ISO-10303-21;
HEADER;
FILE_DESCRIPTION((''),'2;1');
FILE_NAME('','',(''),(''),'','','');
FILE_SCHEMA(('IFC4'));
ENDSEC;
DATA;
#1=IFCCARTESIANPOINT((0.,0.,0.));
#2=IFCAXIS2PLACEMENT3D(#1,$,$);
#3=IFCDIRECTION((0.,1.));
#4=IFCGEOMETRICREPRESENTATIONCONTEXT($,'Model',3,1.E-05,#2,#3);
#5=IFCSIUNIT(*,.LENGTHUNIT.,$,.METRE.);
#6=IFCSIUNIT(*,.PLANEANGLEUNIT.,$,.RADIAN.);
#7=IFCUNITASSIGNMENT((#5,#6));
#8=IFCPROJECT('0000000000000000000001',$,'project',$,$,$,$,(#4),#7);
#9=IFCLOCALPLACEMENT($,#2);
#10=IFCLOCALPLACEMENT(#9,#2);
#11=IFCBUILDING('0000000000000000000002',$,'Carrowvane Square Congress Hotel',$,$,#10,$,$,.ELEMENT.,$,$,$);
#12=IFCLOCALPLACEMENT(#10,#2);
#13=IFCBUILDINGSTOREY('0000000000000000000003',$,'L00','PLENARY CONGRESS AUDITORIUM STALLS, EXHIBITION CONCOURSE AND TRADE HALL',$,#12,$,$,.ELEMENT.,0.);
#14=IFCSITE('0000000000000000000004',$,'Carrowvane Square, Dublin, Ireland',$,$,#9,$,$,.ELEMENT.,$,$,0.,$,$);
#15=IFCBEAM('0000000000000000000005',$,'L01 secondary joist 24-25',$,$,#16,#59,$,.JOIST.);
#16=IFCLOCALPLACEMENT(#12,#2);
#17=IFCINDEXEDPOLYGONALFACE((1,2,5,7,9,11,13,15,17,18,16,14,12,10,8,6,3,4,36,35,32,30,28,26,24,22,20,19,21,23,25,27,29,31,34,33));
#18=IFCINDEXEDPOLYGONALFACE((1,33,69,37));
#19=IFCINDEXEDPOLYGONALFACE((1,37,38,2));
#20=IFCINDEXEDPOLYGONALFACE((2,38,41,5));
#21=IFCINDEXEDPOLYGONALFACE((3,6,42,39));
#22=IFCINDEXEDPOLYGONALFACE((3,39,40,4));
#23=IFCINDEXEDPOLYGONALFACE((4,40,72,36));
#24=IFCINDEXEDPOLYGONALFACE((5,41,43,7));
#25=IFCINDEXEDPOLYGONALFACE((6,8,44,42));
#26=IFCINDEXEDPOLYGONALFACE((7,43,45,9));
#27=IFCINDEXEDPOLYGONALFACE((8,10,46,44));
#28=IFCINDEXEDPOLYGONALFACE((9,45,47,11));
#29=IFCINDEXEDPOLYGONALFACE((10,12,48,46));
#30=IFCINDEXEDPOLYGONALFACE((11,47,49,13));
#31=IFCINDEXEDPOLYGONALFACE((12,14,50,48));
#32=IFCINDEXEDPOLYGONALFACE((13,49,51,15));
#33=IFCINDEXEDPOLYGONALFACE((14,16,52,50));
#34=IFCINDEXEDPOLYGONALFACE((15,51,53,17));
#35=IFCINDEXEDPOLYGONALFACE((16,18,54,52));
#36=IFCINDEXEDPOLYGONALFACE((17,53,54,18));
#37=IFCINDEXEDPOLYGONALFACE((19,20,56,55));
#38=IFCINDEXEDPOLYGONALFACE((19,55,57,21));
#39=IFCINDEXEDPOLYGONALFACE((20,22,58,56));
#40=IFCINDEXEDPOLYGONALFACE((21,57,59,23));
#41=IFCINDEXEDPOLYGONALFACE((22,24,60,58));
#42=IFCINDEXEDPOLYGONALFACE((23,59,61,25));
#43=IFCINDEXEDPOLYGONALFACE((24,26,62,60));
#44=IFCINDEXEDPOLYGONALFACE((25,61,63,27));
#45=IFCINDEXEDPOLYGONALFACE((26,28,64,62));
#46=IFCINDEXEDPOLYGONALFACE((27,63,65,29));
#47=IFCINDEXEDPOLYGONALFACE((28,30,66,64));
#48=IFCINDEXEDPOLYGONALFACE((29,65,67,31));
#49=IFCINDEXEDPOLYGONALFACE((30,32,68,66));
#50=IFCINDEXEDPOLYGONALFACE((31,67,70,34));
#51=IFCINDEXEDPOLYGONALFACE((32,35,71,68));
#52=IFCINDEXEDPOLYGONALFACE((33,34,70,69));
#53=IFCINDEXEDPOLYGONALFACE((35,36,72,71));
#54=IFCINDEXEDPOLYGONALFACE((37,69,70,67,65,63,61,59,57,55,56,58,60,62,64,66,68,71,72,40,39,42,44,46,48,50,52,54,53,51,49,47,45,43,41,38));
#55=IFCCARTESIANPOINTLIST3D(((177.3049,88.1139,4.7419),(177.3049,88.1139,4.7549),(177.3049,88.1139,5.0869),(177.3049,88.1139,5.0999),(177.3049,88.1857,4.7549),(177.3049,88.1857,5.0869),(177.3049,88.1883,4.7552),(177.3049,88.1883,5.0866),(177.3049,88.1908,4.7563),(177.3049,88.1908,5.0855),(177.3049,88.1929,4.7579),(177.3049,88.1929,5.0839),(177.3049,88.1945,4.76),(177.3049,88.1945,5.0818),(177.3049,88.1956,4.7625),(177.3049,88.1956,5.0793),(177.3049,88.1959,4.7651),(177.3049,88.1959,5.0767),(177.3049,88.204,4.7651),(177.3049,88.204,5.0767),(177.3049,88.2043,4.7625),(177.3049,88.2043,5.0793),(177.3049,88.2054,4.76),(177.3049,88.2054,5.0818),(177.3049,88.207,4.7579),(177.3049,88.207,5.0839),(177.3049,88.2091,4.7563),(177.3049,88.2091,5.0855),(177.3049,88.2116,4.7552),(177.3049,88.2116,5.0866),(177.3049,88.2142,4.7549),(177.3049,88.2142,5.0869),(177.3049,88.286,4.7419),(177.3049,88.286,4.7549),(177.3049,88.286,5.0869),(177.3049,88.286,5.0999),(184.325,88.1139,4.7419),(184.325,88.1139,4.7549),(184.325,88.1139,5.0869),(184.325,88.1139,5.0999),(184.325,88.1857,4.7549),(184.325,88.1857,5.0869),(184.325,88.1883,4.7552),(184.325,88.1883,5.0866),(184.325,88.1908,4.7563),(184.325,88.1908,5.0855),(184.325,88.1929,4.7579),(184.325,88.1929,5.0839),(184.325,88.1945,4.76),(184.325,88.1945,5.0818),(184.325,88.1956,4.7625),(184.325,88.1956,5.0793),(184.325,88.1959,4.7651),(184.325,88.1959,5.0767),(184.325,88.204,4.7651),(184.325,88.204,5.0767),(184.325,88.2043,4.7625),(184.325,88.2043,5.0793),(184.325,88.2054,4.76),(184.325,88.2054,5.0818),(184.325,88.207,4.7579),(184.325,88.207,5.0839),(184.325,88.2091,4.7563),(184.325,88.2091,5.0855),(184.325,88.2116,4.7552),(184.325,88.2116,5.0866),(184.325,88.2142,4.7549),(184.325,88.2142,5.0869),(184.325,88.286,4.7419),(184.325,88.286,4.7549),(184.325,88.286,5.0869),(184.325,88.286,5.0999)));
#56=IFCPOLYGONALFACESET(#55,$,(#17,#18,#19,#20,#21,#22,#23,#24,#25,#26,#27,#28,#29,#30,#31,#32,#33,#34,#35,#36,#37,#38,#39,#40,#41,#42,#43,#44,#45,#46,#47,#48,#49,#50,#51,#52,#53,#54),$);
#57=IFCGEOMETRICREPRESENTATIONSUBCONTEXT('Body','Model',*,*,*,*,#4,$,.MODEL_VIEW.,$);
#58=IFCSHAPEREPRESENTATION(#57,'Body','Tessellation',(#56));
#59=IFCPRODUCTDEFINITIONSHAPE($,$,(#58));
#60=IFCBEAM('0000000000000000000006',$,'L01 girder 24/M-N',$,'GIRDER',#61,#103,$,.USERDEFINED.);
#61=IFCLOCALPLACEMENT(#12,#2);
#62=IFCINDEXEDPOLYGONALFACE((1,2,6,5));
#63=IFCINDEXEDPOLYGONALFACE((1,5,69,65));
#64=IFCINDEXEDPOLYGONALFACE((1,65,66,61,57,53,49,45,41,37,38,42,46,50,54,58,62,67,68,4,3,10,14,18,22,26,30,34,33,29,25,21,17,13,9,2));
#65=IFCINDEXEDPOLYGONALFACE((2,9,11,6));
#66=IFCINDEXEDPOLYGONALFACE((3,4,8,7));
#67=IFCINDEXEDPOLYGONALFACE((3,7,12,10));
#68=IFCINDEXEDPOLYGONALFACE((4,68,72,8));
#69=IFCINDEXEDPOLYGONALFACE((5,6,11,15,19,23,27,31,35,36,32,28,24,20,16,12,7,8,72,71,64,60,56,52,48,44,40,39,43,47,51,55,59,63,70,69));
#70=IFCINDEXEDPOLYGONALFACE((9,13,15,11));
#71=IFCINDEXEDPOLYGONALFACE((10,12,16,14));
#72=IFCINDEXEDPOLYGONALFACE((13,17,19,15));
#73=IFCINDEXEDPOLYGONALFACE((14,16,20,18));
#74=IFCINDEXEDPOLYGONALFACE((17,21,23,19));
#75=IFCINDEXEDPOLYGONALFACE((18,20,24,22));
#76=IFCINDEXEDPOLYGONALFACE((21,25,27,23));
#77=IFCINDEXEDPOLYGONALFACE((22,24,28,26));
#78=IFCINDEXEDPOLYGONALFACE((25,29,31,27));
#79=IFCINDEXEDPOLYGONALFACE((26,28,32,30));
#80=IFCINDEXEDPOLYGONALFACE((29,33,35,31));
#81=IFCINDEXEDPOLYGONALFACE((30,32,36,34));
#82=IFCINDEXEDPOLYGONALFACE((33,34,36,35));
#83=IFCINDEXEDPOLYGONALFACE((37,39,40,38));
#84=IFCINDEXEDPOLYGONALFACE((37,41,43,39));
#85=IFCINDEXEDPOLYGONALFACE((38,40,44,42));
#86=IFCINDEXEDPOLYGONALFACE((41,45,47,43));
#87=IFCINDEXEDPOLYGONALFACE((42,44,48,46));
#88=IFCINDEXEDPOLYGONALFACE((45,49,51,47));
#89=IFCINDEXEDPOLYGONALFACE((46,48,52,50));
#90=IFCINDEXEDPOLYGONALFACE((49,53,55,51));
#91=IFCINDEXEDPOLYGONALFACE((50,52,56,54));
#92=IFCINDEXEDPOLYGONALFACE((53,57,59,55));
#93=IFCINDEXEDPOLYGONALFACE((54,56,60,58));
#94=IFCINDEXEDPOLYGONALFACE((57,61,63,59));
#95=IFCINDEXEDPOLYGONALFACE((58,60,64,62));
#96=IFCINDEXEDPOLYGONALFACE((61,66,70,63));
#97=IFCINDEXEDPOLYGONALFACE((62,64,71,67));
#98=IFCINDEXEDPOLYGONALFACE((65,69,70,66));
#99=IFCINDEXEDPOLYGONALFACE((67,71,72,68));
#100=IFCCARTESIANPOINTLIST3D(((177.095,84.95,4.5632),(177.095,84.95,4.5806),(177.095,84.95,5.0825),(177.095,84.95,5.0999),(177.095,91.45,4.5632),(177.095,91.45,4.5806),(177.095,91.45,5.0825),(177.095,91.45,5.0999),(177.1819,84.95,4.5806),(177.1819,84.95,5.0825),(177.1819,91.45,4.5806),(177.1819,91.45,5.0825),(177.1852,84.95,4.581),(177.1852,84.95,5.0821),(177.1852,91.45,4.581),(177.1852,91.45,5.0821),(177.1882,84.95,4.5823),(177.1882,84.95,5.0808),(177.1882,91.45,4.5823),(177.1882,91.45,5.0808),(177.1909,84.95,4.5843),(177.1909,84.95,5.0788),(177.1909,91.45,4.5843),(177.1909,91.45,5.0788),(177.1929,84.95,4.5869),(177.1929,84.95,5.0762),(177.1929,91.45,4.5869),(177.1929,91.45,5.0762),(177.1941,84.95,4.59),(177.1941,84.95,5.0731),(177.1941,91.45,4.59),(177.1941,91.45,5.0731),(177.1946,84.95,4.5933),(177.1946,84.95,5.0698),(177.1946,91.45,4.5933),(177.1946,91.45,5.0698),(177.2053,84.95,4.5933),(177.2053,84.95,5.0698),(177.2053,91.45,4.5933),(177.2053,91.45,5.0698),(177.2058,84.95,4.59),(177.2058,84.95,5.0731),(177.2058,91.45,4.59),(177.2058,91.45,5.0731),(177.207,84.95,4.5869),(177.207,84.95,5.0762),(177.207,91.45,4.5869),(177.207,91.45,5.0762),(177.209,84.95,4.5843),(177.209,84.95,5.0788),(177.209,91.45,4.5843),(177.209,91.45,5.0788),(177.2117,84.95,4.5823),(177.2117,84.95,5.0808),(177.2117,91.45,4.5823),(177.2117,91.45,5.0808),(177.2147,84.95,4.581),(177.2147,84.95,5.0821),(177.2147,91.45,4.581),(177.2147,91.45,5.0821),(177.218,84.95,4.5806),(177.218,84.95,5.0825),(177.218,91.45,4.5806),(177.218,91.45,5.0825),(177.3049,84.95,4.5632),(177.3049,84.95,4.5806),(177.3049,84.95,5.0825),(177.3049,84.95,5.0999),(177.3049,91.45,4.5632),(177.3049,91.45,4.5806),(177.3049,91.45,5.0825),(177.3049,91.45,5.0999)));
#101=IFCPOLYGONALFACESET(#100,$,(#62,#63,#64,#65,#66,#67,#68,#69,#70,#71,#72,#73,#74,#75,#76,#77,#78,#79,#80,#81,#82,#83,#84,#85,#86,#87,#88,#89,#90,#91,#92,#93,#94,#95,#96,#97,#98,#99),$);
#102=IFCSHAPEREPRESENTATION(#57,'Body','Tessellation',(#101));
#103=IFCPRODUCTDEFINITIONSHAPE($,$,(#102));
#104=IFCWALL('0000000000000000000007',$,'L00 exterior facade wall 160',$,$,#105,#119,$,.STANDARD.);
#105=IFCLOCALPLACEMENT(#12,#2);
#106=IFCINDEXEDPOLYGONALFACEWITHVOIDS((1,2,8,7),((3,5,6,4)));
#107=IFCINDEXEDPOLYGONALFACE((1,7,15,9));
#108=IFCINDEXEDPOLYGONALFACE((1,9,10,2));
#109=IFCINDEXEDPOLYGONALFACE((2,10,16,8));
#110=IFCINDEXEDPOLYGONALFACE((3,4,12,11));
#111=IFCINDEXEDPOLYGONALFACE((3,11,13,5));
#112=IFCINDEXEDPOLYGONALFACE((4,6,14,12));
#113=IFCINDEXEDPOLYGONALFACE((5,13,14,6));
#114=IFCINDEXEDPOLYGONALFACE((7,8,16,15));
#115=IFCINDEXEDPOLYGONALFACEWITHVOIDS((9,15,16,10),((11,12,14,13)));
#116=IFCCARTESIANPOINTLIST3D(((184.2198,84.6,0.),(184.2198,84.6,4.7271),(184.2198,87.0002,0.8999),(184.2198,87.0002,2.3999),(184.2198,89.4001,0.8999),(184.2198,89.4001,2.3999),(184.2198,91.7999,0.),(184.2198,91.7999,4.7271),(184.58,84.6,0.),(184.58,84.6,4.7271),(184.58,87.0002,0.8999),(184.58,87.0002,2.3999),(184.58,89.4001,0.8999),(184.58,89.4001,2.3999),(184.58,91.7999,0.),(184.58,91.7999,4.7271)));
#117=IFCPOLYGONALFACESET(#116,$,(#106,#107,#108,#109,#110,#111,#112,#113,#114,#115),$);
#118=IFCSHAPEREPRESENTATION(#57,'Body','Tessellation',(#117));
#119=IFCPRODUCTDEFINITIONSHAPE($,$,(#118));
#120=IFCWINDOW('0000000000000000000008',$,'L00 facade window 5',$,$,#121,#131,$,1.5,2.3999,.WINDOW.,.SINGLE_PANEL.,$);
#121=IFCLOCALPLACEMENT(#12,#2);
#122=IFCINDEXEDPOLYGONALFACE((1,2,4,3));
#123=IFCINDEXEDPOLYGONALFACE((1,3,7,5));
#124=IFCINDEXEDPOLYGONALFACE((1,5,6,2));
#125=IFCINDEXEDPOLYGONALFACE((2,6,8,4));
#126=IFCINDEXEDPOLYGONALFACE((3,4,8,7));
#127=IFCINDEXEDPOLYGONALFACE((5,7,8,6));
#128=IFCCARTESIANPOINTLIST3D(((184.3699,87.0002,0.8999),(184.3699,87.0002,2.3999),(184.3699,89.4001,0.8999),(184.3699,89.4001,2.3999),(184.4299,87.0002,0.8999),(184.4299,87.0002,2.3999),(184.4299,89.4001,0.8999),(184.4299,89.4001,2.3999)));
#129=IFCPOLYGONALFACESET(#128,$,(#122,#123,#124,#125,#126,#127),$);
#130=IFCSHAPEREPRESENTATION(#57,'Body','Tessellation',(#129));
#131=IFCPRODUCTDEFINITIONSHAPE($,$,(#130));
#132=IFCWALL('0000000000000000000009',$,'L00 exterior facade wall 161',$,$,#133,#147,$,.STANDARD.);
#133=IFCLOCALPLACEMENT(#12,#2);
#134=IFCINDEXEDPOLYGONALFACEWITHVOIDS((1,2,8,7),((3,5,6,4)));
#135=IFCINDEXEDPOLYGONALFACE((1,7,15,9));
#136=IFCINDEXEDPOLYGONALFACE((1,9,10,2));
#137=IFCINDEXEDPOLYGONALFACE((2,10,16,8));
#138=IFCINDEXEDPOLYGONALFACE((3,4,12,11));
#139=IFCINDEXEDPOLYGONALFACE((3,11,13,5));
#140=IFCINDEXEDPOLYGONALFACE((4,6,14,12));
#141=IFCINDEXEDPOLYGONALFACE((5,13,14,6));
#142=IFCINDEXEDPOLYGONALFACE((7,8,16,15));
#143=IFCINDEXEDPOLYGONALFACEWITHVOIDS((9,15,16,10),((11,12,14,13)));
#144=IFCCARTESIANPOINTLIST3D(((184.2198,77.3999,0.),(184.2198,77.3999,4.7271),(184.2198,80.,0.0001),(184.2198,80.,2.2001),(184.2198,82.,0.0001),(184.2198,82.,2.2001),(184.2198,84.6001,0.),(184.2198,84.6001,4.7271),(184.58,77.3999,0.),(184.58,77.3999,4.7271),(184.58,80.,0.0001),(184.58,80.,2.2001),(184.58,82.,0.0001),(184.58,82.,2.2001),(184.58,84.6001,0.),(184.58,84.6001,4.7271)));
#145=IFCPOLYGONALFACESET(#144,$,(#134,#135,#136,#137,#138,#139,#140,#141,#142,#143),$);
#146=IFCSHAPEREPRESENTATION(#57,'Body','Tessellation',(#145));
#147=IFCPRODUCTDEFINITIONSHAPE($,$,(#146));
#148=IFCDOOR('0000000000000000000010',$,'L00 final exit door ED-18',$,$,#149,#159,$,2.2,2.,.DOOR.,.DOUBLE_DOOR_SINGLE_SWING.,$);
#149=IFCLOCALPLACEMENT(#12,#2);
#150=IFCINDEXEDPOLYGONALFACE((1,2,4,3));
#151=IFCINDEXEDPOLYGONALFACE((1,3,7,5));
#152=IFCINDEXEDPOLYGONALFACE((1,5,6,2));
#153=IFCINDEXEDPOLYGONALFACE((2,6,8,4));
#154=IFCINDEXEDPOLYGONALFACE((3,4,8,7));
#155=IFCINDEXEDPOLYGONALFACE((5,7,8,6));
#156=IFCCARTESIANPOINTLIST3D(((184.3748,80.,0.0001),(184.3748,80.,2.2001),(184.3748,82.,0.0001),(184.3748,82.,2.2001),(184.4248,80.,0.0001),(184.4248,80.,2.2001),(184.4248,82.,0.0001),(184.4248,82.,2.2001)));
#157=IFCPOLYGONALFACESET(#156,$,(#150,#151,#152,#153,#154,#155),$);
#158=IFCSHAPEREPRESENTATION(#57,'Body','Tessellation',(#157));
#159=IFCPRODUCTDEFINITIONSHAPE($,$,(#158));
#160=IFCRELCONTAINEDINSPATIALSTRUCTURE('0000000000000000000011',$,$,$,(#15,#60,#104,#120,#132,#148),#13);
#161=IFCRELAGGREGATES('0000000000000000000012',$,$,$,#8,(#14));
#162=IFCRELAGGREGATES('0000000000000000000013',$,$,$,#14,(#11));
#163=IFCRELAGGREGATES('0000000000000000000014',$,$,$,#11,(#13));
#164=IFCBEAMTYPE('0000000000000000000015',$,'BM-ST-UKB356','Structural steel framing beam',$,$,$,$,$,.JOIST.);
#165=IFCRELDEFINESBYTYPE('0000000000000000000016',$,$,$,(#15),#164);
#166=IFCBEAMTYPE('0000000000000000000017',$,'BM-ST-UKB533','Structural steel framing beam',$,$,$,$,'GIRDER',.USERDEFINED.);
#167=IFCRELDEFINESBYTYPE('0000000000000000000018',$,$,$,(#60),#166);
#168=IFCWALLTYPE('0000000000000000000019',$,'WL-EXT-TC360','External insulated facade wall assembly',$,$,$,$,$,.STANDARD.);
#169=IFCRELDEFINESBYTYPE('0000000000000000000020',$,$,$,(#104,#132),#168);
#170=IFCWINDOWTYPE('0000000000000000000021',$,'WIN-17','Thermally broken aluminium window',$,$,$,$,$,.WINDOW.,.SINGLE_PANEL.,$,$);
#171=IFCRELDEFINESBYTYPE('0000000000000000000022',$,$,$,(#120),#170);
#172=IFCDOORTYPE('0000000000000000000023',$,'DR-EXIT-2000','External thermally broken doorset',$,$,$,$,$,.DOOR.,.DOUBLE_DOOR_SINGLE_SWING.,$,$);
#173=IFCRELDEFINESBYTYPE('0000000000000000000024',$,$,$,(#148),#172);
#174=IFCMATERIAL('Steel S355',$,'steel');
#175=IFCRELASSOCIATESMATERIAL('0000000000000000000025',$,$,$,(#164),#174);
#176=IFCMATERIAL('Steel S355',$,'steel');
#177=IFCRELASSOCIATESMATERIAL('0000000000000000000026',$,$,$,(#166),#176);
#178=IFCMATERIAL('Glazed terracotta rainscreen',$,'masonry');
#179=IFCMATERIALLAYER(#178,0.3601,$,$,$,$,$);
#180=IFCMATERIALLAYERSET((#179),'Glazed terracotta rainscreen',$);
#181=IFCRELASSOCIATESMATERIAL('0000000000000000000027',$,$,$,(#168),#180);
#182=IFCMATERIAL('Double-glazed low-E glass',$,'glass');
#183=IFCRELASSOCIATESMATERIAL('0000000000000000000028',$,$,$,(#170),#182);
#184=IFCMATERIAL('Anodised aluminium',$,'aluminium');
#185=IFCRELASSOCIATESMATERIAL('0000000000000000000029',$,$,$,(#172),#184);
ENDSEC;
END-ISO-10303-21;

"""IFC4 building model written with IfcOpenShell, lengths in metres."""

from ifc_helpers import new_model, si_unit, direction, frame, frame_2d, origin, origin_2d, place, context, subcontext, project, spatial, rectangle, i_section, extrude, material, layer, layer_set, material_profile, profile_set, type_object, element, fill, save


model = new_model("IFC4")

# Units and contexts
model_context = context("Model", 3, precision=1e-05, world=origin(), true_north=direction((0.0, 1.0)))
body_context = subcontext(model_context, "Body", "Model", "MODEL_VIEW")
ifc_project = project(units=[si_unit("LENGTHUNIT", "METRE"), si_unit("PLANEANGLEUNIT", "RADIAN")], contexts=[model_context])

# Site, building, storey
site_placement = place(None, origin())
site = spatial("IfcSite", under=ifc_project, at=site_placement, Name="Carrowvane Square, Dublin, Ireland", CompositionType="ELEMENT", RefElevation=0.0)
building_placement = place(site_placement, origin())
building = spatial("IfcBuilding", under=site, at=building_placement, Name="Carrowvane Square Congress Hotel", CompositionType="ELEMENT")
storey_placement = place(building_placement, origin())
storey = spatial("IfcBuildingStorey", under=building, at=storey_placement, Name="L00", Description="PLENARY CONGRESS AUDITORIUM STALLS, EXHIBITION CONCOURSE AND TRADE HALL", CompositionType="ELEMENT", Elevation=0.0)

# Beams
ifc_material_1 = material(Name="Steel S355", Category="steel")
ifc_material_profile_1 = material_profile(ifc_material_1, i_section(OverallWidth=0.1721, OverallDepth=0.3579, WebThickness=0.0081, FlangeThickness=0.0129, FilletRadius=0.0103, at=origin_2d()), Name="UKB 356x171x57")
ifc_profile_set_1 = profile_set([ifc_material_profile_1], Name="Steel S355")
beam_type_1 = type_object("IfcBeamType", Name="BM-ST-UKB356", Description="Structural steel framing beam", PredefinedType="JOIST", material=ifc_profile_set_1)
for number, where, z_axis, x_axis, name in (
    (1, (177.3049, 88.2, 4.9209), (1.0, 0.0, 0.0), (0.0, 1.0, 0.0), "L01 secondary joist 24-25"),
):
    element("IfcBeam", number, at=place(storey_placement, frame(where, z_axis=z_axis, x_axis=x_axis)), inside=storey, type_object=beam_type_1, Name=name, PredefinedType="JOIST", context=body_context, shape_type="SweptSolid", body=[
        extrude(i_section(OverallWidth=0.1721, OverallDepth=0.3579, WebThickness=0.0081, FlangeThickness=0.0129, FilletRadius=0.0103, at=origin_2d()), origin(), (0.0, 0.0, 1.0), 7.02),
    ])
ifc_material_2 = material(Name="Steel S355", Category="steel")
ifc_material_profile_2 = material_profile(ifc_material_2, i_section(OverallWidth=0.21, OverallDepth=0.5366, WebThickness=0.0107, FlangeThickness=0.0173, FilletRadius=0.0127, at=origin_2d()), Name="UKB 533x210x101")
ifc_profile_set_2 = profile_set([ifc_material_profile_2], Name="Steel S355")
beam_type_2 = type_object("IfcBeamType", Name="BM-ST-UKB533", Description="Structural steel framing beam", ElementType="GIRDER", PredefinedType="USERDEFINED", material=ifc_profile_set_2)
beam_placement = place(storey_placement, frame((177.2, 84.95, 4.8315), z_axis=(0.0, 1.0, 0.0), x_axis=(-1.0, 0.0, 0.0)))
element("IfcBeam", 2, at=beam_placement, inside=storey, type_object=beam_type_2, Name="L01 girder 24/M-N", ObjectType="GIRDER", PredefinedType="USERDEFINED", context=body_context, shape_type="SweptSolid", body=[
    extrude(i_section(OverallWidth=0.21, OverallDepth=0.5366, WebThickness=0.0107, FlangeThickness=0.0173, FilletRadius=0.0127, at=origin_2d()), origin(), (0.0, 0.0, 1.0), 6.5),
])

# Wall, opening, window
ifc_material_3 = material(Name="Glazed terracotta rainscreen", Category="masonry")
ifc_layer_1 = layer(ifc_material_3, 0.3601)
ifc_layer_set_1 = layer_set([ifc_layer_1], Name="Glazed terracotta rainscreen")
wall_type_1 = type_object("IfcWallType", Name="WL-EXT-TC360", Description="External insulated facade wall assembly", PredefinedType="STANDARD", material=ifc_layer_set_1)
wall_1_placement = place(storey_placement, frame((184.3999, 91.8, 0.0), z_axis=(0.0, 0.0, 1.0), x_axis=(0.0, -1.0, 0.0)))
wall_1 = element("IfcWall", 3, at=wall_1_placement, inside=storey, type_object=wall_type_1, Name="L00 exterior facade wall 160", PredefinedType="STANDARD", context=body_context, shape_type="SweptSolid", body=[
    extrude(rectangle(XDim=7.2, YDim=0.3601, at=frame_2d((3.6001, 0.0))), origin(), (0.0, 0.0, 1.0), 4.7271),
])
opening_1_placement = place(wall_1_placement, frame((2.3999, 0.0, 0.8999)))
opening_1 = element("IfcOpeningElement", 4, at=opening_1_placement, cuts=wall_1, PredefinedType="OPENING", context=body_context, shape_type="SweptSolid", body=[
    extrude(rectangle(XDim=2.3999, YDim=1.5, at=frame_2d((1.2, 0.75))), frame((0.0, 0.1899, 0.0), z_axis=(0.0, -1.0, 0.0), x_axis=(1.0, 0.0, 0.0)), (0.0, 0.0, 1.0), 0.3801),
])
ifc_material_4 = material(Name="Double-glazed low-E glass", Category="glass")
window_type_1 = type_object("IfcWindowType", Name="WIN-17", Description="Thermally broken aluminium window", PartitioningType="SINGLE_PANEL", PredefinedType="WINDOW", material=ifc_material_4)
window_1_placement = place(opening_1_placement, origin())
window_1 = element("IfcWindow", 5, at=window_1_placement, inside=storey, type_object=window_type_1, Name="L00 facade window 5", OverallHeight=1.5, OverallWidth=2.3999, PartitioningType="SINGLE_PANEL", PredefinedType="WINDOW", context=body_context, shape_type="SweptSolid", body=[
    extrude(rectangle(XDim=2.3999, YDim=1.5, at=frame_2d((1.2, 0.75))), frame((0.0, 0.03, 0.0), z_axis=(0.0, -1.0, 0.0), x_axis=(1.0, 0.0, 0.0)), (0.0, 0.0, 1.0), 0.0601),
])
fill(opening_1, window_1)

# Wall, opening, door
wall_2_placement = place(storey_placement, frame((184.3999, 84.6001, 0.0), z_axis=(0.0, 0.0, 1.0), x_axis=(0.0, -1.0, 0.0)))
wall_2 = element("IfcWall", 6, at=wall_2_placement, inside=storey, type_object=wall_type_1, Name="L00 exterior facade wall 161", PredefinedType="STANDARD", context=body_context, shape_type="SweptSolid", body=[
    extrude(rectangle(XDim=7.2002, YDim=0.3601, at=frame_2d((3.6001, 0.0))), origin(), (0.0, 0.0, 1.0), 4.7271),
])
opening_2_placement = place(wall_2_placement, frame((2.6001, 0.0, 0.0)))
opening_2 = element("IfcOpeningElement", 7, at=opening_2_placement, cuts=wall_2, PredefinedType="OPENING", context=body_context, shape_type="SweptSolid", body=[
    extrude(rectangle(XDim=2.0, YDim=2.2, at=frame_2d((1.0, 1.1001))), frame((0.0, 0.1899, 0.0), z_axis=(0.0, -1.0, 0.0), x_axis=(1.0, 0.0, 0.0)), (0.0, 0.0, 1.0), 0.3801),
])
ifc_material_5 = material(Name="Anodised aluminium", Category="aluminium")
door_type_1 = type_object("IfcDoorType", Name="DR-EXIT-2000", Description="External thermally broken doorset", OperationType="DOUBLE_DOOR_SINGLE_SWING", PredefinedType="DOOR", material=ifc_material_5)
door_1_placement = place(opening_2_placement, origin())
door_1 = element("IfcDoor", 8, at=door_1_placement, inside=storey, type_object=door_type_1, Name="L00 final exit door ED-18", OperationType="DOUBLE_DOOR_SINGLE_SWING", OverallHeight=2.2, OverallWidth=2.0, PredefinedType="DOOR", context=body_context, shape_type="SweptSolid", body=[
    extrude(rectangle(XDim=2.0, YDim=2.2, at=frame_2d((1.0, 1.1001))), frame((0.0, 0.0249, 0.0), z_axis=(0.0, -1.0, 0.0), x_axis=(1.0, 0.0, 0.0)), (0.0, 0.0, 1.0), 0.05),
])
fill(opening_2, door_1)

save(model, "model.ifc")
